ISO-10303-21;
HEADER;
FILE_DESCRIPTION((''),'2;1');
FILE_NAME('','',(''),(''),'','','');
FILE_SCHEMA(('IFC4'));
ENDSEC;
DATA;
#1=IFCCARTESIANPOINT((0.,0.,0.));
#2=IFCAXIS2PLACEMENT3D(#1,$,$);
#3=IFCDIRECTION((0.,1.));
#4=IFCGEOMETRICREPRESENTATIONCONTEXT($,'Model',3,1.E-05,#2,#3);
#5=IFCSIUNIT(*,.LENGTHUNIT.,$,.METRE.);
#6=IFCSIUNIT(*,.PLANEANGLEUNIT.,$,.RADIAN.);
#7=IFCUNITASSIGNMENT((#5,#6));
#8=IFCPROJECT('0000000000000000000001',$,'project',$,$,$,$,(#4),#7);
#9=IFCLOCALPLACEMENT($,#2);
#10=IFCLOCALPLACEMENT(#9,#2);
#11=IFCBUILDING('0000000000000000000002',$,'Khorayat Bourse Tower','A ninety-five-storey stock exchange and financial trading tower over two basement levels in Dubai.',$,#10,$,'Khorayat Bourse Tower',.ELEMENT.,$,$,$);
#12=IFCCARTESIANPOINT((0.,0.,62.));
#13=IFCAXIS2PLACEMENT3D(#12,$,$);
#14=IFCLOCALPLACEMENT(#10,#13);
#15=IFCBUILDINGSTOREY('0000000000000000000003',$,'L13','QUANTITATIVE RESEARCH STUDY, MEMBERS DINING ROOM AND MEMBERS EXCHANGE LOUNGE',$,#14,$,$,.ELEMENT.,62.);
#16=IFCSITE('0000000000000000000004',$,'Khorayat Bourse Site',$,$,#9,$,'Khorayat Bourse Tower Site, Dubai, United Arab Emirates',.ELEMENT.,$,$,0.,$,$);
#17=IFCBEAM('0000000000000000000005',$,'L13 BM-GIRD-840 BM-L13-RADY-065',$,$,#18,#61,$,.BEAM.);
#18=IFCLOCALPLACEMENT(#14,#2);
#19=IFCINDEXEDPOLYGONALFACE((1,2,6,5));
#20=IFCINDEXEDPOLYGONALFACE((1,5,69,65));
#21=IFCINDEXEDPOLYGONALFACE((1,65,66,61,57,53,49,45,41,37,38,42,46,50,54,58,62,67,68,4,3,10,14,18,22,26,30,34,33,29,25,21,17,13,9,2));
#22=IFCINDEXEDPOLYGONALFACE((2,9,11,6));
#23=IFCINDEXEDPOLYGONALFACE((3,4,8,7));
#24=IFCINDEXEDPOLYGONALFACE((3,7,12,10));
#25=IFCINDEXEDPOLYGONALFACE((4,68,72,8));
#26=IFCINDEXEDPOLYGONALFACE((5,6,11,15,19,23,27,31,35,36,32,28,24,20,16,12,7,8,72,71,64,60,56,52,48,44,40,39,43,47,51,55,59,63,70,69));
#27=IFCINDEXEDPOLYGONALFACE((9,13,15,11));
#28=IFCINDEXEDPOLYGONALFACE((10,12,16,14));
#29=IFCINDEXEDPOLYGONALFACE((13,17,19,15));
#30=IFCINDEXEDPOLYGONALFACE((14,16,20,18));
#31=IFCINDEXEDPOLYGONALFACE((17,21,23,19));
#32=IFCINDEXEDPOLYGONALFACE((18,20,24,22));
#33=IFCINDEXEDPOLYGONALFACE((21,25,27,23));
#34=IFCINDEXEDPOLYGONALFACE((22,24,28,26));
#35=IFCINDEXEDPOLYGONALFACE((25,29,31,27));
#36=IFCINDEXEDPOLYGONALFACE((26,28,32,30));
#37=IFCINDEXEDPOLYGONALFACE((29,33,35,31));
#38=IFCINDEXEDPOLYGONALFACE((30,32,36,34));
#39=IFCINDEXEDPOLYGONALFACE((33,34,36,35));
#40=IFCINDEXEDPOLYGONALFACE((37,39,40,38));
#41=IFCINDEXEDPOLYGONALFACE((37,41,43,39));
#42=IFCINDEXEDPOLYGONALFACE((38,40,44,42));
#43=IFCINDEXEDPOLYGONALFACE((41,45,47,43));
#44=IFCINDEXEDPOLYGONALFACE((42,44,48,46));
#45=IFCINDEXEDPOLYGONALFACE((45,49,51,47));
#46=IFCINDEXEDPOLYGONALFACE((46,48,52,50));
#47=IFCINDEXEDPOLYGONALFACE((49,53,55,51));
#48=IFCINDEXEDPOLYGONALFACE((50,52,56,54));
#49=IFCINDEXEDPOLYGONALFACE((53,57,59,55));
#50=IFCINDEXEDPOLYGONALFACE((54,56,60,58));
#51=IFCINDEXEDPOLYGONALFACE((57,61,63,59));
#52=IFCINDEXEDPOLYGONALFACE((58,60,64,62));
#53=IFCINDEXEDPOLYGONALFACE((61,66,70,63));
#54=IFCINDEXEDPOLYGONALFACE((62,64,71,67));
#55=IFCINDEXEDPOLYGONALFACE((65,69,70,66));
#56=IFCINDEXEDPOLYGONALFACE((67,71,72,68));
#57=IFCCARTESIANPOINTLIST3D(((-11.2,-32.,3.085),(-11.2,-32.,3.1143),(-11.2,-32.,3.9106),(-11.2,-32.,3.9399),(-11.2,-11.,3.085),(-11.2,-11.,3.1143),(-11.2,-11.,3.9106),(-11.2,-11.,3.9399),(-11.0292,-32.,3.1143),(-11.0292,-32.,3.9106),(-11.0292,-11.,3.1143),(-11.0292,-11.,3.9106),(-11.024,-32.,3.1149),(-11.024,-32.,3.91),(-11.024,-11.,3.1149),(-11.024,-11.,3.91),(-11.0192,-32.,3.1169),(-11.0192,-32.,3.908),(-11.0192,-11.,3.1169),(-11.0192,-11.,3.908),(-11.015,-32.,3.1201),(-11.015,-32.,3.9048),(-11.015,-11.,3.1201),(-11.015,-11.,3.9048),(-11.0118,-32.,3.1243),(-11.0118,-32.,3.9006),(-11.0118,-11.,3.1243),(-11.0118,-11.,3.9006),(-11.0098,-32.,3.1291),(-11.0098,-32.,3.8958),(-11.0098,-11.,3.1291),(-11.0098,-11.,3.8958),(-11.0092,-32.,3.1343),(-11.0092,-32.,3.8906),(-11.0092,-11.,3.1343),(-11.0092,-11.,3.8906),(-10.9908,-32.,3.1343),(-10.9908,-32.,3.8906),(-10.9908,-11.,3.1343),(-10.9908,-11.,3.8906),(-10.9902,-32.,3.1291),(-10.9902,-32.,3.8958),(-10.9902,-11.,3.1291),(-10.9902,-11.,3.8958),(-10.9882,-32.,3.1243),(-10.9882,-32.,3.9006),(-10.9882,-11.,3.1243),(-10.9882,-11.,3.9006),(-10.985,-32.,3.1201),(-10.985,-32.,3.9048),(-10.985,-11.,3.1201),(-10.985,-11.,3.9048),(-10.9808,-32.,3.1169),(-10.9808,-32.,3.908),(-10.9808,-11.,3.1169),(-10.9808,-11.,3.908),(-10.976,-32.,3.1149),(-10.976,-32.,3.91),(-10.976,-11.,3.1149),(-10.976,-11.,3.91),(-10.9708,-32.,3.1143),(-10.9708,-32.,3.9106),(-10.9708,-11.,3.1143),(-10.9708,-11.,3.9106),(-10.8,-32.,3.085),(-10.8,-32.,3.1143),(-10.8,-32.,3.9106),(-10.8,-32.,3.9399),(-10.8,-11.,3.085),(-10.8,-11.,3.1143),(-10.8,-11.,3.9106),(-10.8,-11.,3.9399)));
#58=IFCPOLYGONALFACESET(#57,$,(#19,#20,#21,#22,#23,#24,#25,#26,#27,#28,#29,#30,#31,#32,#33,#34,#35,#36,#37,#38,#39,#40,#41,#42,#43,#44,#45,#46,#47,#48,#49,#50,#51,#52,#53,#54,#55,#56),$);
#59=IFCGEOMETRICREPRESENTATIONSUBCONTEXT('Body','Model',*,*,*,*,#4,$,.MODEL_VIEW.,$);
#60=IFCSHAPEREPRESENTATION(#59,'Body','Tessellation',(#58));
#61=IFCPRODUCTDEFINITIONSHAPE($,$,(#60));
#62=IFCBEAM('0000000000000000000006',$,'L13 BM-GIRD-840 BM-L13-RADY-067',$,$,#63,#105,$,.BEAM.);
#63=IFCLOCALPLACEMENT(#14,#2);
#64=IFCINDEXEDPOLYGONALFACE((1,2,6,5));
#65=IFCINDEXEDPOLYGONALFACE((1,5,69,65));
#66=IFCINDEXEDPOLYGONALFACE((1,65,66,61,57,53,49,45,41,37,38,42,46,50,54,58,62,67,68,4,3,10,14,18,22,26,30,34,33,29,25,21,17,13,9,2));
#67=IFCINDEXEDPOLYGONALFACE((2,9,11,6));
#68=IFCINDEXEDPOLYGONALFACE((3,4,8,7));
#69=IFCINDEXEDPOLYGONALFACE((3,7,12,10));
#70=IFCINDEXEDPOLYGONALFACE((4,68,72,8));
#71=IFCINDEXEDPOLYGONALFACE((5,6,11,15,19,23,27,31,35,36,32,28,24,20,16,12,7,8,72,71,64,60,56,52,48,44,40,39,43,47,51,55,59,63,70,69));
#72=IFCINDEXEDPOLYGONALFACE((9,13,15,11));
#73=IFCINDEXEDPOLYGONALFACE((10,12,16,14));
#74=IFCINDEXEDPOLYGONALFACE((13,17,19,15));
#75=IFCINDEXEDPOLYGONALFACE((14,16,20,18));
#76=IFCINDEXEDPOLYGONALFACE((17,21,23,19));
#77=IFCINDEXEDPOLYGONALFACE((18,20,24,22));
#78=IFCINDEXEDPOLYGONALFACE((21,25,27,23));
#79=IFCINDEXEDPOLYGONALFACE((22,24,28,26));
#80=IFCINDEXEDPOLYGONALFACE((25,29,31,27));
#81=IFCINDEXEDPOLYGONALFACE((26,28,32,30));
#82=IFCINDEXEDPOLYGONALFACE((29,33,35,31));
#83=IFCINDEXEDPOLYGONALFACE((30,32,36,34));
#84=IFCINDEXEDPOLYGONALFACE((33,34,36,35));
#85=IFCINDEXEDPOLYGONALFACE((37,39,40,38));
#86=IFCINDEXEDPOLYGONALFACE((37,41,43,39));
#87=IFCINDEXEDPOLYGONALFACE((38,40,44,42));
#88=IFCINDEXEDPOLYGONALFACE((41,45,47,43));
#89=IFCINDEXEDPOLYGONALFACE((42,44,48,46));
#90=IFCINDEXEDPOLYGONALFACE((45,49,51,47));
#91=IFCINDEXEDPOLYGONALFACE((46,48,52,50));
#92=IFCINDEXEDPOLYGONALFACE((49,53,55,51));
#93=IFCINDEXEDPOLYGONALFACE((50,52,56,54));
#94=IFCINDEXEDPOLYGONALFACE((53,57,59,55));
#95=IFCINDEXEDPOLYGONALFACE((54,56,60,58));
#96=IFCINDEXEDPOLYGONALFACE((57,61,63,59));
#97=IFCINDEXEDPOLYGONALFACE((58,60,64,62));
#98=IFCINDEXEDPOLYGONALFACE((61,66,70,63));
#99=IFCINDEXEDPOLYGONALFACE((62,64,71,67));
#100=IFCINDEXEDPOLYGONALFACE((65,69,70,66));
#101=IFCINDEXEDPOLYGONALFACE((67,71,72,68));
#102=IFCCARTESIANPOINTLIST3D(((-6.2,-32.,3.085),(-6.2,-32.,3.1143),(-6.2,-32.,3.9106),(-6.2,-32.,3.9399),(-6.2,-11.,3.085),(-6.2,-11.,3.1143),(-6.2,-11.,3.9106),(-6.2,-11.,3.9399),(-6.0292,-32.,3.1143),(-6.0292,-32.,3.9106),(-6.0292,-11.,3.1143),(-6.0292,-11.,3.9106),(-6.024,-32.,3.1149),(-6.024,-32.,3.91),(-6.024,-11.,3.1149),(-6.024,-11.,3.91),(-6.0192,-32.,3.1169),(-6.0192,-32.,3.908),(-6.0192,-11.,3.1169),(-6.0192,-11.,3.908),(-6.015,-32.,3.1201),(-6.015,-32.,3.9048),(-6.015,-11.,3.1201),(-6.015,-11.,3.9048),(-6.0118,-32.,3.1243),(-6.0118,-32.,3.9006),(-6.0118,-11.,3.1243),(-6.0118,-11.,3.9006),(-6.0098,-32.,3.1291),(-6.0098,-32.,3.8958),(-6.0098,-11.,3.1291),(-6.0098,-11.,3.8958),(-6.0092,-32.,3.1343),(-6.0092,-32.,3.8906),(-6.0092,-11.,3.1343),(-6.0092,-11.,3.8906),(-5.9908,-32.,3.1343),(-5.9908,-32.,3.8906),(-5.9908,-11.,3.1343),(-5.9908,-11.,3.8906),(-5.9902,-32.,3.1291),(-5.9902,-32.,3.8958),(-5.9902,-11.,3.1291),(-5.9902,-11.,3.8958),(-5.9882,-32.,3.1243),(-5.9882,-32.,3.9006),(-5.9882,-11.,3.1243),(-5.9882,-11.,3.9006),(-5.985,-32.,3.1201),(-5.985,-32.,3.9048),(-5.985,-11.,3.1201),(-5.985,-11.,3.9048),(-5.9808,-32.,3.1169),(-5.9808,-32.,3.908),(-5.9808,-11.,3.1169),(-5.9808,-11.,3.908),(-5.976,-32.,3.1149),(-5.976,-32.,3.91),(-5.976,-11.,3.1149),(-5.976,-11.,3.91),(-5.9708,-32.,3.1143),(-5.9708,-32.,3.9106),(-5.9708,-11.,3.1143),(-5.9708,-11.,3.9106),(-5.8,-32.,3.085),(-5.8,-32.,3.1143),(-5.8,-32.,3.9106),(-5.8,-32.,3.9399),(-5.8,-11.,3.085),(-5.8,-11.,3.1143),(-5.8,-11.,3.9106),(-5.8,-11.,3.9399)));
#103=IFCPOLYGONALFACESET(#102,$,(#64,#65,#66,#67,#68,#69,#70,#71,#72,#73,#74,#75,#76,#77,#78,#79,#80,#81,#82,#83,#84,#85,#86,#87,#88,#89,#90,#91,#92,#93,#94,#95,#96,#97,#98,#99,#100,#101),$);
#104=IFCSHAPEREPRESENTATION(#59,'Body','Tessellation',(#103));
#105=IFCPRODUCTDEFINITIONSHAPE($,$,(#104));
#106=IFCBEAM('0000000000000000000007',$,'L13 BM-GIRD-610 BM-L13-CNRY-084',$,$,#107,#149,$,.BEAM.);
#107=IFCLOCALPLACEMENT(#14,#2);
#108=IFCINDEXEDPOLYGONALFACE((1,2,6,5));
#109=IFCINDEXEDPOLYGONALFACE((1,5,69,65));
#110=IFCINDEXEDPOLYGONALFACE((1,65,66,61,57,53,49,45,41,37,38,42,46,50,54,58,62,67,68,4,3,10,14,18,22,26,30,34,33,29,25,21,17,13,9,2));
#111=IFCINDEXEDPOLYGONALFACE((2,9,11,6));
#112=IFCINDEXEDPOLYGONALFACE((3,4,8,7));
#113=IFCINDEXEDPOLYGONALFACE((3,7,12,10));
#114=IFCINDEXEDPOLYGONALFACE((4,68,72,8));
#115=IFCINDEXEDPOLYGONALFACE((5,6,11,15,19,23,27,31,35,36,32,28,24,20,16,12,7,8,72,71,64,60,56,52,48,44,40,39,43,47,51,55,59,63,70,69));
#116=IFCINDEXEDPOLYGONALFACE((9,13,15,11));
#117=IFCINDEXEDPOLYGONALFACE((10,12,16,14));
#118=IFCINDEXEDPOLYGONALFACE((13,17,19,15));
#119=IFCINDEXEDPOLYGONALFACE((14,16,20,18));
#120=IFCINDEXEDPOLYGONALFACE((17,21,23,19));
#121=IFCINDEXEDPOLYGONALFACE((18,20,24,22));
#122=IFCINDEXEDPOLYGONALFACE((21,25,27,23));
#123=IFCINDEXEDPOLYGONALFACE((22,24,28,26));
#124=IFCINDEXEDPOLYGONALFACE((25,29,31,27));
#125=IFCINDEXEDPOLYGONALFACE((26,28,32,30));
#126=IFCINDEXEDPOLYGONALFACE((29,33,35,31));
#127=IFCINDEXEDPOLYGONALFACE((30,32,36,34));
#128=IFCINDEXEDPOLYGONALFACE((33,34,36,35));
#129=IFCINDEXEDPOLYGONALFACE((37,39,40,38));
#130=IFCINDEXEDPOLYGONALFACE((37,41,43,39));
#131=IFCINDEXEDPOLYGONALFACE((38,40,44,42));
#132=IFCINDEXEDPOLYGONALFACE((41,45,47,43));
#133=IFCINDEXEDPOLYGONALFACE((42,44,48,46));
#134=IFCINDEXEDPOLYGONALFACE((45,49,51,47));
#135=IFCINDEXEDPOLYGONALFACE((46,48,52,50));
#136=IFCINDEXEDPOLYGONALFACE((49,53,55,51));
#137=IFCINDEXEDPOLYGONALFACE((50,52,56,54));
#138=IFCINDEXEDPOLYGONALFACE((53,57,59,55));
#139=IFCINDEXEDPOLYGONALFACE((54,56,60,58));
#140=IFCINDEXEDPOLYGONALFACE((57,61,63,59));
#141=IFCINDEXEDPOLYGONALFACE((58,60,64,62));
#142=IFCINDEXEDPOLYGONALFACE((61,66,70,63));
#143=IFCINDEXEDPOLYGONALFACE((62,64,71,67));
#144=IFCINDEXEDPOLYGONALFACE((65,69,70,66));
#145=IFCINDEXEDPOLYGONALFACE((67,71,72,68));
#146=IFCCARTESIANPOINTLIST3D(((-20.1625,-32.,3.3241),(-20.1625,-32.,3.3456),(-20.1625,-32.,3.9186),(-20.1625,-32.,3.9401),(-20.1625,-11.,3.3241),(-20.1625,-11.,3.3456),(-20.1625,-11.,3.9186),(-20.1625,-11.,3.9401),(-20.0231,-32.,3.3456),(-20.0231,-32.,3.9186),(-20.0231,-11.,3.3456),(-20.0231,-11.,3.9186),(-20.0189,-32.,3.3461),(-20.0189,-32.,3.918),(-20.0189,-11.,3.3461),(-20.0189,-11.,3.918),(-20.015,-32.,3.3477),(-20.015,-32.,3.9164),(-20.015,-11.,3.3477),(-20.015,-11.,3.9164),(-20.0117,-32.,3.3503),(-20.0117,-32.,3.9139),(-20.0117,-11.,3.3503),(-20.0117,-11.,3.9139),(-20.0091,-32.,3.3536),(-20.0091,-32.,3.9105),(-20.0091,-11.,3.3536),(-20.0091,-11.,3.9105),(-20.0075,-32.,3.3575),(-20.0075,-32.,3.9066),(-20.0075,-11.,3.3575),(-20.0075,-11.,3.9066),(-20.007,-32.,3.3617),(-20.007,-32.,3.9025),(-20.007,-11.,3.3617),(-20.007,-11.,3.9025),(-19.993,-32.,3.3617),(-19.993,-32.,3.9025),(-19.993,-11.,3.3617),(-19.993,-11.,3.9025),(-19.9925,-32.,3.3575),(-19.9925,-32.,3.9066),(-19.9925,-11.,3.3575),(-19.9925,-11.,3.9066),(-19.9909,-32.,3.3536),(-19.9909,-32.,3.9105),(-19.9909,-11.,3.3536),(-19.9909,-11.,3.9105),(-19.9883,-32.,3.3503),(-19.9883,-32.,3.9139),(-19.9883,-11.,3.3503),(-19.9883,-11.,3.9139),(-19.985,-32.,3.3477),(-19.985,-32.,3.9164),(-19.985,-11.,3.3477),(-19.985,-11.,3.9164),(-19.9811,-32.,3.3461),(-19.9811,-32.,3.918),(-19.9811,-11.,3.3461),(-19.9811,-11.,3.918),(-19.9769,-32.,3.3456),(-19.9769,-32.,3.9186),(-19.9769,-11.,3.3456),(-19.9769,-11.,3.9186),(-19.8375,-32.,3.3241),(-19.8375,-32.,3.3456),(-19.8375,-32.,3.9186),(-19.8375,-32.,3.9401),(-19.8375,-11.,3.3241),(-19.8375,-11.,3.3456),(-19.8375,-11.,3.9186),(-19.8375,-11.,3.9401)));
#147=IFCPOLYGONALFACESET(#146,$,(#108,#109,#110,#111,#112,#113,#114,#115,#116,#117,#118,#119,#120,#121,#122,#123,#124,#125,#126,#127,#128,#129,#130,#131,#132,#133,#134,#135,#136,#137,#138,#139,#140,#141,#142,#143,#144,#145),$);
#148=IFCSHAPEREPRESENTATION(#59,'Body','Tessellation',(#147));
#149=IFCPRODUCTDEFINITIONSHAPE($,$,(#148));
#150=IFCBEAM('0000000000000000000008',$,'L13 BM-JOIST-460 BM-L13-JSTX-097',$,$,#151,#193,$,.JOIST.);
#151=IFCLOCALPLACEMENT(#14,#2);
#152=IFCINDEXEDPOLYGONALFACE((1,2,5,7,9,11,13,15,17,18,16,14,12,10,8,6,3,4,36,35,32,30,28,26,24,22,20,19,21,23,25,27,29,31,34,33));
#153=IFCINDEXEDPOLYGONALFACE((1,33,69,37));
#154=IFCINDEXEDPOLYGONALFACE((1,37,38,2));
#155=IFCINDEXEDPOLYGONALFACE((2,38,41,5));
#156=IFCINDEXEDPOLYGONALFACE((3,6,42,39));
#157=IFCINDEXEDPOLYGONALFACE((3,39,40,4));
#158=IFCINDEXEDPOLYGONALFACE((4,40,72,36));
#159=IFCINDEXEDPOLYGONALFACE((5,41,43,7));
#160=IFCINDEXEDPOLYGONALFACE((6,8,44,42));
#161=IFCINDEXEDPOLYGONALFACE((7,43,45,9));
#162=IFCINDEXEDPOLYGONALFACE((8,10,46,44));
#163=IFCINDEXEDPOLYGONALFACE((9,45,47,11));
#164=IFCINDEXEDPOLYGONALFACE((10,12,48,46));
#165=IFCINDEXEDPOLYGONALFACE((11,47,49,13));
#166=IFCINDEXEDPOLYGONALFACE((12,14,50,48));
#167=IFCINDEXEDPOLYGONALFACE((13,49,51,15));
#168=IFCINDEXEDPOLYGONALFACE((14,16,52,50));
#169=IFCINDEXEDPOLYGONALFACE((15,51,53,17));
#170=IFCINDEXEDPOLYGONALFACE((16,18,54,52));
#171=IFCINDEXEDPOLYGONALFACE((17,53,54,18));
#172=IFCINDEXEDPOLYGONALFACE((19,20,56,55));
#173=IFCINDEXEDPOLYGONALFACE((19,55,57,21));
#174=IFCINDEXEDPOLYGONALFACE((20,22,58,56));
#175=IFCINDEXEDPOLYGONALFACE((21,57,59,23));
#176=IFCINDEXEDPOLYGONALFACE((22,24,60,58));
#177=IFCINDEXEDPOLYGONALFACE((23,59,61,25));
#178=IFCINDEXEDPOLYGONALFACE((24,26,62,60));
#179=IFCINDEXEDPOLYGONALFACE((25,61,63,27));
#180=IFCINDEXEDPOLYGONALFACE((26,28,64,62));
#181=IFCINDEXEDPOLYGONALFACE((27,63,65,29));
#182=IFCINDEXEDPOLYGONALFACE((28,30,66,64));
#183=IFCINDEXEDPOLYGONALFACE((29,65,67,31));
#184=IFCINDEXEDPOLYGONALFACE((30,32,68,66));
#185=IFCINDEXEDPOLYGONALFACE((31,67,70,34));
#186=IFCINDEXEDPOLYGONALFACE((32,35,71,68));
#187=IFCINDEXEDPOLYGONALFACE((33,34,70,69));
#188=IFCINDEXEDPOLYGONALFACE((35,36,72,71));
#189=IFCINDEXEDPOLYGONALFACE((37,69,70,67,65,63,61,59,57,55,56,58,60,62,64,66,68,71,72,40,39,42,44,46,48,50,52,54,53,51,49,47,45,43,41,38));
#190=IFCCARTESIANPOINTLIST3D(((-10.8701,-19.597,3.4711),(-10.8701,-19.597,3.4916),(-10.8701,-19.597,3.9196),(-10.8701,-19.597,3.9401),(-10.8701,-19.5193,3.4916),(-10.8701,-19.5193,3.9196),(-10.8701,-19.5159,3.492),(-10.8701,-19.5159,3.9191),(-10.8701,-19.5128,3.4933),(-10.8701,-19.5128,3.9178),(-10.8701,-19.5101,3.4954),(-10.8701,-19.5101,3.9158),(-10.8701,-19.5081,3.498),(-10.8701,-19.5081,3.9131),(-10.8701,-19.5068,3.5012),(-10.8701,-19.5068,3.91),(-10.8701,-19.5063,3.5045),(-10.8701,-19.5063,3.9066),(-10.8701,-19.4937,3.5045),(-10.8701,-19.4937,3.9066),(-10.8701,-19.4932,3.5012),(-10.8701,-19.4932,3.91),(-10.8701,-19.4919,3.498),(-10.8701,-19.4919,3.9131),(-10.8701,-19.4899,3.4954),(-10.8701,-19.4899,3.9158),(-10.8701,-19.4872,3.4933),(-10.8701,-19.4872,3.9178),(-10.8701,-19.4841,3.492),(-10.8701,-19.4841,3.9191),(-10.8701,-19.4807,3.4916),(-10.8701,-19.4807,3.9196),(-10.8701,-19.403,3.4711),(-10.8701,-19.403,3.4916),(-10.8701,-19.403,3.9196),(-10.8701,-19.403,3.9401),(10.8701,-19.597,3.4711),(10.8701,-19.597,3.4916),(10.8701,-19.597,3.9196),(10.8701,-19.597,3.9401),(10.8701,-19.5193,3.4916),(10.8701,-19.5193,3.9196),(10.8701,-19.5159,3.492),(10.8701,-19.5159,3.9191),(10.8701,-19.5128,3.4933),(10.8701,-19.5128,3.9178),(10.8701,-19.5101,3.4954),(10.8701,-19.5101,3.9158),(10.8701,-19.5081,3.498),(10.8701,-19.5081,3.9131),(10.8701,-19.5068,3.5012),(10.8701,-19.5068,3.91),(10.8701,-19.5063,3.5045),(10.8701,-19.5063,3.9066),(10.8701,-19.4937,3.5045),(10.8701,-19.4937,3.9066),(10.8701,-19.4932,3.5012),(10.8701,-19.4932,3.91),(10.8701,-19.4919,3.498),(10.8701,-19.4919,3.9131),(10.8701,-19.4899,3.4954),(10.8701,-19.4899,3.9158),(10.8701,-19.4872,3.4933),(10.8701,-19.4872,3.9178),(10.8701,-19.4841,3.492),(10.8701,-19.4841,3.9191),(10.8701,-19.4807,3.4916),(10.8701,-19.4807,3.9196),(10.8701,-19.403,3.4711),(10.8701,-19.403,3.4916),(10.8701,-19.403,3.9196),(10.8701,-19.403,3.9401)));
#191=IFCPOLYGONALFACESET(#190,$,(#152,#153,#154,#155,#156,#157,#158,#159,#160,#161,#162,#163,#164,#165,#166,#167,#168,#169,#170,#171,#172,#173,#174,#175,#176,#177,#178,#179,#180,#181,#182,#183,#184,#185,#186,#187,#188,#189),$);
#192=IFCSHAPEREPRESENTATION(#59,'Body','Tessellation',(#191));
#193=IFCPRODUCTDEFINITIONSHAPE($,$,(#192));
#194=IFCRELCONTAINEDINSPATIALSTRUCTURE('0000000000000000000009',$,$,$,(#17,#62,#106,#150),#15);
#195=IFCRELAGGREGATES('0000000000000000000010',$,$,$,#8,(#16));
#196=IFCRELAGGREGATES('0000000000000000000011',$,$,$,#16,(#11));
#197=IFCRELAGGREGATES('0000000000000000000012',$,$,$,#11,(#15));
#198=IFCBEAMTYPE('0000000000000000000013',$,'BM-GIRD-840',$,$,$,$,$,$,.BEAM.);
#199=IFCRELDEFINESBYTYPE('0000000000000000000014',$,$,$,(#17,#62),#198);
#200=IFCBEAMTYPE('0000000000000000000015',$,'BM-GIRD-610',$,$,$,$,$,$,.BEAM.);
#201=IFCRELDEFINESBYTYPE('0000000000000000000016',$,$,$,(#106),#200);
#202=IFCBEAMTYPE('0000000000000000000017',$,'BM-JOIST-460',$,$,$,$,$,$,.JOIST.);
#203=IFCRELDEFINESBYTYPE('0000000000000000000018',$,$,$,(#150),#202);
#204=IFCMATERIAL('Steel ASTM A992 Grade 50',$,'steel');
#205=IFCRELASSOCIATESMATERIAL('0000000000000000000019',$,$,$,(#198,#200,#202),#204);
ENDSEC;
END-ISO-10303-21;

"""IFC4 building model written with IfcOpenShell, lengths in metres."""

from ifc_helpers import new_model, si_unit, direction, frame, origin, origin_2d, place, context, subcontext, project, spatial, i_section, extrude, source, transform, mapped, material, material_profile, profile_set, type_object, element, save


model = new_model("IFC4")

# Units and contexts
model_context = context("Model", 3, precision=1e-05, world=origin(), true_north=direction((0.0, 1.0)))
body_context = subcontext(model_context, "Body", "Model", "MODEL_VIEW")
ifc_project = project(units=[si_unit("LENGTHUNIT", "METRE"), si_unit("PLANEANGLEUNIT", "RADIAN")], contexts=[model_context])

# Site, building, storey
site_placement = place(None, origin())
site = spatial("IfcSite", under=ifc_project, at=site_placement, Name="Khorayat Bourse Site", LongName="Khorayat Bourse Tower Site, Dubai, United Arab Emirates", CompositionType="ELEMENT", RefElevation=0.0)
building_placement = place(site_placement, origin())
building = spatial("IfcBuilding", under=site, at=building_placement, Name="Khorayat Bourse Tower", Description="A ninety-five-storey stock exchange and financial trading tower over two basement levels in Dubai.", LongName="Khorayat Bourse Tower", CompositionType="ELEMENT")
storey_placement = place(building_placement, frame((0.0, 0.0, 62.0)))
storey = spatial("IfcBuildingStorey", under=building, at=storey_placement, Name="L13", Description="QUANTITATIVE RESEARCH STUDY, MEMBERS DINING ROOM AND MEMBERS EXCHANGE LOUNGE", CompositionType="ELEMENT", Elevation=62.0)

# Beams
ifc_material_1 = material(Name="Steel ASTM A992 Grade 50", Category="steel")
ifc_material_profile_1 = material_profile(ifc_material_1, i_section(OverallWidth=0.3999, OverallDepth=0.855, WebThickness=0.0183, FlangeThickness=0.0293, FilletRadius=0.02, at=origin_2d()), Name="W840X299")
ifc_profile_set_1 = profile_set([ifc_material_profile_1], Name="Steel ASTM A992 Grade 50")
beam_type_1 = type_object("IfcBeamType", Name="BM-GIRD-840", PredefinedType="BEAM", material=ifc_profile_set_1)
shared_shape_1 = source(origin(), body_context, "Body", "SweptSolid", [
    extrude(i_section(OverallWidth=0.3999, OverallDepth=0.855, WebThickness=0.0183, FlangeThickness=0.0293, FilletRadius=0.02, at=origin_2d()), origin(), (0.0, 0.0, 1.0), 21.0),
])
for number, where, z_axis, x_axis, name in (
    (1, (-11.0, -32.0, 3.5125), (0.0, 1.0, 0.0), (-1.0, 0.0, 0.0), "L13 BM-GIRD-840 BM-L13-RADY-065"),
    (2, (-6.0, -32.0, 3.5125), (0.0, 1.0, 0.0), (-1.0, 0.0, 0.0), "L13 BM-GIRD-840 BM-L13-RADY-067"),
):
    element("IfcBeam", number, at=place(storey_placement, frame(where, z_axis=z_axis, x_axis=x_axis)), inside=storey, type_object=beam_type_1, Name=name, PredefinedType="BEAM", context=body_context, shape_type="MappedRepresentation", body=[
        mapped(shared_shape_1, transform((0.0, 0.0, 0.0), scale=1.0)),
    ])
ifc_material_profile_2 = material_profile(ifc_material_1, i_section(OverallWidth=0.325, OverallDepth=0.616, WebThickness=0.0139, FlangeThickness=0.0215, FilletRadius=0.0161, at=origin_2d()), Name="W610X174")
ifc_profile_set_2 = profile_set([ifc_material_profile_2], Name="Steel ASTM A992 Grade 50")
beam_type_2 = type_object("IfcBeamType", Name="BM-GIRD-610", PredefinedType="BEAM", material=ifc_profile_set_2)
shared_shape_2 = source(origin(), body_context, "Body", "SweptSolid", [
    extrude(i_section(OverallWidth=0.325, OverallDepth=0.616, WebThickness=0.0139, FlangeThickness=0.0215, FilletRadius=0.0161, at=origin_2d()), origin(), (0.0, 0.0, 1.0), 21.0),
])
beam_1_placement = place(storey_placement, frame((-20.0, -32.0, 3.6321), z_axis=(0.0, 1.0, 0.0), x_axis=(-1.0, 0.0, 0.0)))
element("IfcBeam", 3, at=beam_1_placement, inside=storey, type_object=beam_type_2, Name="L13 BM-GIRD-610 BM-L13-CNRY-084", PredefinedType="BEAM", context=body_context, shape_type="MappedRepresentation", body=[
    mapped(shared_shape_2, transform((0.0, 0.0, 0.0), scale=1.0)),
])
ifc_material_profile_3 = material_profile(ifc_material_1, i_section(OverallWidth=0.1941, OverallDepth=0.469, WebThickness=0.0127, FlangeThickness=0.0205, FilletRadius=0.0129, at=origin_2d()), Name="W460X106")
ifc_profile_set_3 = profile_set([ifc_material_profile_3], Name="Steel ASTM A992 Grade 50")
beam_type_3 = type_object("IfcBeamType", Name="BM-JOIST-460", PredefinedType="JOIST", material=ifc_profile_set_3)
shared_shape_3 = source(origin(), body_context, "Body", "SweptSolid", [
    extrude(i_section(OverallWidth=0.1941, OverallDepth=0.469, WebThickness=0.0127, FlangeThickness=0.0205, FilletRadius=0.0129, at=origin_2d()), origin(), (0.0, 0.0, 1.0), 21.7402),
])
beam_2_placement = place(storey_placement, frame((-10.8701, -19.5, 3.7056), z_axis=(1.0, 0.0, 0.0), x_axis=(0.0, 1.0, 0.0)))
element("IfcBeam", 4, at=beam_2_placement, inside=storey, type_object=beam_type_3, Name="L13 BM-JOIST-460 BM-L13-JSTX-097", PredefinedType="JOIST", context=body_context, shape_type="MappedRepresentation", body=[
    mapped(shared_shape_3, transform((0.0, 0.0, 0.0), scale=1.0)),
])

save(model, "model.ifc")
